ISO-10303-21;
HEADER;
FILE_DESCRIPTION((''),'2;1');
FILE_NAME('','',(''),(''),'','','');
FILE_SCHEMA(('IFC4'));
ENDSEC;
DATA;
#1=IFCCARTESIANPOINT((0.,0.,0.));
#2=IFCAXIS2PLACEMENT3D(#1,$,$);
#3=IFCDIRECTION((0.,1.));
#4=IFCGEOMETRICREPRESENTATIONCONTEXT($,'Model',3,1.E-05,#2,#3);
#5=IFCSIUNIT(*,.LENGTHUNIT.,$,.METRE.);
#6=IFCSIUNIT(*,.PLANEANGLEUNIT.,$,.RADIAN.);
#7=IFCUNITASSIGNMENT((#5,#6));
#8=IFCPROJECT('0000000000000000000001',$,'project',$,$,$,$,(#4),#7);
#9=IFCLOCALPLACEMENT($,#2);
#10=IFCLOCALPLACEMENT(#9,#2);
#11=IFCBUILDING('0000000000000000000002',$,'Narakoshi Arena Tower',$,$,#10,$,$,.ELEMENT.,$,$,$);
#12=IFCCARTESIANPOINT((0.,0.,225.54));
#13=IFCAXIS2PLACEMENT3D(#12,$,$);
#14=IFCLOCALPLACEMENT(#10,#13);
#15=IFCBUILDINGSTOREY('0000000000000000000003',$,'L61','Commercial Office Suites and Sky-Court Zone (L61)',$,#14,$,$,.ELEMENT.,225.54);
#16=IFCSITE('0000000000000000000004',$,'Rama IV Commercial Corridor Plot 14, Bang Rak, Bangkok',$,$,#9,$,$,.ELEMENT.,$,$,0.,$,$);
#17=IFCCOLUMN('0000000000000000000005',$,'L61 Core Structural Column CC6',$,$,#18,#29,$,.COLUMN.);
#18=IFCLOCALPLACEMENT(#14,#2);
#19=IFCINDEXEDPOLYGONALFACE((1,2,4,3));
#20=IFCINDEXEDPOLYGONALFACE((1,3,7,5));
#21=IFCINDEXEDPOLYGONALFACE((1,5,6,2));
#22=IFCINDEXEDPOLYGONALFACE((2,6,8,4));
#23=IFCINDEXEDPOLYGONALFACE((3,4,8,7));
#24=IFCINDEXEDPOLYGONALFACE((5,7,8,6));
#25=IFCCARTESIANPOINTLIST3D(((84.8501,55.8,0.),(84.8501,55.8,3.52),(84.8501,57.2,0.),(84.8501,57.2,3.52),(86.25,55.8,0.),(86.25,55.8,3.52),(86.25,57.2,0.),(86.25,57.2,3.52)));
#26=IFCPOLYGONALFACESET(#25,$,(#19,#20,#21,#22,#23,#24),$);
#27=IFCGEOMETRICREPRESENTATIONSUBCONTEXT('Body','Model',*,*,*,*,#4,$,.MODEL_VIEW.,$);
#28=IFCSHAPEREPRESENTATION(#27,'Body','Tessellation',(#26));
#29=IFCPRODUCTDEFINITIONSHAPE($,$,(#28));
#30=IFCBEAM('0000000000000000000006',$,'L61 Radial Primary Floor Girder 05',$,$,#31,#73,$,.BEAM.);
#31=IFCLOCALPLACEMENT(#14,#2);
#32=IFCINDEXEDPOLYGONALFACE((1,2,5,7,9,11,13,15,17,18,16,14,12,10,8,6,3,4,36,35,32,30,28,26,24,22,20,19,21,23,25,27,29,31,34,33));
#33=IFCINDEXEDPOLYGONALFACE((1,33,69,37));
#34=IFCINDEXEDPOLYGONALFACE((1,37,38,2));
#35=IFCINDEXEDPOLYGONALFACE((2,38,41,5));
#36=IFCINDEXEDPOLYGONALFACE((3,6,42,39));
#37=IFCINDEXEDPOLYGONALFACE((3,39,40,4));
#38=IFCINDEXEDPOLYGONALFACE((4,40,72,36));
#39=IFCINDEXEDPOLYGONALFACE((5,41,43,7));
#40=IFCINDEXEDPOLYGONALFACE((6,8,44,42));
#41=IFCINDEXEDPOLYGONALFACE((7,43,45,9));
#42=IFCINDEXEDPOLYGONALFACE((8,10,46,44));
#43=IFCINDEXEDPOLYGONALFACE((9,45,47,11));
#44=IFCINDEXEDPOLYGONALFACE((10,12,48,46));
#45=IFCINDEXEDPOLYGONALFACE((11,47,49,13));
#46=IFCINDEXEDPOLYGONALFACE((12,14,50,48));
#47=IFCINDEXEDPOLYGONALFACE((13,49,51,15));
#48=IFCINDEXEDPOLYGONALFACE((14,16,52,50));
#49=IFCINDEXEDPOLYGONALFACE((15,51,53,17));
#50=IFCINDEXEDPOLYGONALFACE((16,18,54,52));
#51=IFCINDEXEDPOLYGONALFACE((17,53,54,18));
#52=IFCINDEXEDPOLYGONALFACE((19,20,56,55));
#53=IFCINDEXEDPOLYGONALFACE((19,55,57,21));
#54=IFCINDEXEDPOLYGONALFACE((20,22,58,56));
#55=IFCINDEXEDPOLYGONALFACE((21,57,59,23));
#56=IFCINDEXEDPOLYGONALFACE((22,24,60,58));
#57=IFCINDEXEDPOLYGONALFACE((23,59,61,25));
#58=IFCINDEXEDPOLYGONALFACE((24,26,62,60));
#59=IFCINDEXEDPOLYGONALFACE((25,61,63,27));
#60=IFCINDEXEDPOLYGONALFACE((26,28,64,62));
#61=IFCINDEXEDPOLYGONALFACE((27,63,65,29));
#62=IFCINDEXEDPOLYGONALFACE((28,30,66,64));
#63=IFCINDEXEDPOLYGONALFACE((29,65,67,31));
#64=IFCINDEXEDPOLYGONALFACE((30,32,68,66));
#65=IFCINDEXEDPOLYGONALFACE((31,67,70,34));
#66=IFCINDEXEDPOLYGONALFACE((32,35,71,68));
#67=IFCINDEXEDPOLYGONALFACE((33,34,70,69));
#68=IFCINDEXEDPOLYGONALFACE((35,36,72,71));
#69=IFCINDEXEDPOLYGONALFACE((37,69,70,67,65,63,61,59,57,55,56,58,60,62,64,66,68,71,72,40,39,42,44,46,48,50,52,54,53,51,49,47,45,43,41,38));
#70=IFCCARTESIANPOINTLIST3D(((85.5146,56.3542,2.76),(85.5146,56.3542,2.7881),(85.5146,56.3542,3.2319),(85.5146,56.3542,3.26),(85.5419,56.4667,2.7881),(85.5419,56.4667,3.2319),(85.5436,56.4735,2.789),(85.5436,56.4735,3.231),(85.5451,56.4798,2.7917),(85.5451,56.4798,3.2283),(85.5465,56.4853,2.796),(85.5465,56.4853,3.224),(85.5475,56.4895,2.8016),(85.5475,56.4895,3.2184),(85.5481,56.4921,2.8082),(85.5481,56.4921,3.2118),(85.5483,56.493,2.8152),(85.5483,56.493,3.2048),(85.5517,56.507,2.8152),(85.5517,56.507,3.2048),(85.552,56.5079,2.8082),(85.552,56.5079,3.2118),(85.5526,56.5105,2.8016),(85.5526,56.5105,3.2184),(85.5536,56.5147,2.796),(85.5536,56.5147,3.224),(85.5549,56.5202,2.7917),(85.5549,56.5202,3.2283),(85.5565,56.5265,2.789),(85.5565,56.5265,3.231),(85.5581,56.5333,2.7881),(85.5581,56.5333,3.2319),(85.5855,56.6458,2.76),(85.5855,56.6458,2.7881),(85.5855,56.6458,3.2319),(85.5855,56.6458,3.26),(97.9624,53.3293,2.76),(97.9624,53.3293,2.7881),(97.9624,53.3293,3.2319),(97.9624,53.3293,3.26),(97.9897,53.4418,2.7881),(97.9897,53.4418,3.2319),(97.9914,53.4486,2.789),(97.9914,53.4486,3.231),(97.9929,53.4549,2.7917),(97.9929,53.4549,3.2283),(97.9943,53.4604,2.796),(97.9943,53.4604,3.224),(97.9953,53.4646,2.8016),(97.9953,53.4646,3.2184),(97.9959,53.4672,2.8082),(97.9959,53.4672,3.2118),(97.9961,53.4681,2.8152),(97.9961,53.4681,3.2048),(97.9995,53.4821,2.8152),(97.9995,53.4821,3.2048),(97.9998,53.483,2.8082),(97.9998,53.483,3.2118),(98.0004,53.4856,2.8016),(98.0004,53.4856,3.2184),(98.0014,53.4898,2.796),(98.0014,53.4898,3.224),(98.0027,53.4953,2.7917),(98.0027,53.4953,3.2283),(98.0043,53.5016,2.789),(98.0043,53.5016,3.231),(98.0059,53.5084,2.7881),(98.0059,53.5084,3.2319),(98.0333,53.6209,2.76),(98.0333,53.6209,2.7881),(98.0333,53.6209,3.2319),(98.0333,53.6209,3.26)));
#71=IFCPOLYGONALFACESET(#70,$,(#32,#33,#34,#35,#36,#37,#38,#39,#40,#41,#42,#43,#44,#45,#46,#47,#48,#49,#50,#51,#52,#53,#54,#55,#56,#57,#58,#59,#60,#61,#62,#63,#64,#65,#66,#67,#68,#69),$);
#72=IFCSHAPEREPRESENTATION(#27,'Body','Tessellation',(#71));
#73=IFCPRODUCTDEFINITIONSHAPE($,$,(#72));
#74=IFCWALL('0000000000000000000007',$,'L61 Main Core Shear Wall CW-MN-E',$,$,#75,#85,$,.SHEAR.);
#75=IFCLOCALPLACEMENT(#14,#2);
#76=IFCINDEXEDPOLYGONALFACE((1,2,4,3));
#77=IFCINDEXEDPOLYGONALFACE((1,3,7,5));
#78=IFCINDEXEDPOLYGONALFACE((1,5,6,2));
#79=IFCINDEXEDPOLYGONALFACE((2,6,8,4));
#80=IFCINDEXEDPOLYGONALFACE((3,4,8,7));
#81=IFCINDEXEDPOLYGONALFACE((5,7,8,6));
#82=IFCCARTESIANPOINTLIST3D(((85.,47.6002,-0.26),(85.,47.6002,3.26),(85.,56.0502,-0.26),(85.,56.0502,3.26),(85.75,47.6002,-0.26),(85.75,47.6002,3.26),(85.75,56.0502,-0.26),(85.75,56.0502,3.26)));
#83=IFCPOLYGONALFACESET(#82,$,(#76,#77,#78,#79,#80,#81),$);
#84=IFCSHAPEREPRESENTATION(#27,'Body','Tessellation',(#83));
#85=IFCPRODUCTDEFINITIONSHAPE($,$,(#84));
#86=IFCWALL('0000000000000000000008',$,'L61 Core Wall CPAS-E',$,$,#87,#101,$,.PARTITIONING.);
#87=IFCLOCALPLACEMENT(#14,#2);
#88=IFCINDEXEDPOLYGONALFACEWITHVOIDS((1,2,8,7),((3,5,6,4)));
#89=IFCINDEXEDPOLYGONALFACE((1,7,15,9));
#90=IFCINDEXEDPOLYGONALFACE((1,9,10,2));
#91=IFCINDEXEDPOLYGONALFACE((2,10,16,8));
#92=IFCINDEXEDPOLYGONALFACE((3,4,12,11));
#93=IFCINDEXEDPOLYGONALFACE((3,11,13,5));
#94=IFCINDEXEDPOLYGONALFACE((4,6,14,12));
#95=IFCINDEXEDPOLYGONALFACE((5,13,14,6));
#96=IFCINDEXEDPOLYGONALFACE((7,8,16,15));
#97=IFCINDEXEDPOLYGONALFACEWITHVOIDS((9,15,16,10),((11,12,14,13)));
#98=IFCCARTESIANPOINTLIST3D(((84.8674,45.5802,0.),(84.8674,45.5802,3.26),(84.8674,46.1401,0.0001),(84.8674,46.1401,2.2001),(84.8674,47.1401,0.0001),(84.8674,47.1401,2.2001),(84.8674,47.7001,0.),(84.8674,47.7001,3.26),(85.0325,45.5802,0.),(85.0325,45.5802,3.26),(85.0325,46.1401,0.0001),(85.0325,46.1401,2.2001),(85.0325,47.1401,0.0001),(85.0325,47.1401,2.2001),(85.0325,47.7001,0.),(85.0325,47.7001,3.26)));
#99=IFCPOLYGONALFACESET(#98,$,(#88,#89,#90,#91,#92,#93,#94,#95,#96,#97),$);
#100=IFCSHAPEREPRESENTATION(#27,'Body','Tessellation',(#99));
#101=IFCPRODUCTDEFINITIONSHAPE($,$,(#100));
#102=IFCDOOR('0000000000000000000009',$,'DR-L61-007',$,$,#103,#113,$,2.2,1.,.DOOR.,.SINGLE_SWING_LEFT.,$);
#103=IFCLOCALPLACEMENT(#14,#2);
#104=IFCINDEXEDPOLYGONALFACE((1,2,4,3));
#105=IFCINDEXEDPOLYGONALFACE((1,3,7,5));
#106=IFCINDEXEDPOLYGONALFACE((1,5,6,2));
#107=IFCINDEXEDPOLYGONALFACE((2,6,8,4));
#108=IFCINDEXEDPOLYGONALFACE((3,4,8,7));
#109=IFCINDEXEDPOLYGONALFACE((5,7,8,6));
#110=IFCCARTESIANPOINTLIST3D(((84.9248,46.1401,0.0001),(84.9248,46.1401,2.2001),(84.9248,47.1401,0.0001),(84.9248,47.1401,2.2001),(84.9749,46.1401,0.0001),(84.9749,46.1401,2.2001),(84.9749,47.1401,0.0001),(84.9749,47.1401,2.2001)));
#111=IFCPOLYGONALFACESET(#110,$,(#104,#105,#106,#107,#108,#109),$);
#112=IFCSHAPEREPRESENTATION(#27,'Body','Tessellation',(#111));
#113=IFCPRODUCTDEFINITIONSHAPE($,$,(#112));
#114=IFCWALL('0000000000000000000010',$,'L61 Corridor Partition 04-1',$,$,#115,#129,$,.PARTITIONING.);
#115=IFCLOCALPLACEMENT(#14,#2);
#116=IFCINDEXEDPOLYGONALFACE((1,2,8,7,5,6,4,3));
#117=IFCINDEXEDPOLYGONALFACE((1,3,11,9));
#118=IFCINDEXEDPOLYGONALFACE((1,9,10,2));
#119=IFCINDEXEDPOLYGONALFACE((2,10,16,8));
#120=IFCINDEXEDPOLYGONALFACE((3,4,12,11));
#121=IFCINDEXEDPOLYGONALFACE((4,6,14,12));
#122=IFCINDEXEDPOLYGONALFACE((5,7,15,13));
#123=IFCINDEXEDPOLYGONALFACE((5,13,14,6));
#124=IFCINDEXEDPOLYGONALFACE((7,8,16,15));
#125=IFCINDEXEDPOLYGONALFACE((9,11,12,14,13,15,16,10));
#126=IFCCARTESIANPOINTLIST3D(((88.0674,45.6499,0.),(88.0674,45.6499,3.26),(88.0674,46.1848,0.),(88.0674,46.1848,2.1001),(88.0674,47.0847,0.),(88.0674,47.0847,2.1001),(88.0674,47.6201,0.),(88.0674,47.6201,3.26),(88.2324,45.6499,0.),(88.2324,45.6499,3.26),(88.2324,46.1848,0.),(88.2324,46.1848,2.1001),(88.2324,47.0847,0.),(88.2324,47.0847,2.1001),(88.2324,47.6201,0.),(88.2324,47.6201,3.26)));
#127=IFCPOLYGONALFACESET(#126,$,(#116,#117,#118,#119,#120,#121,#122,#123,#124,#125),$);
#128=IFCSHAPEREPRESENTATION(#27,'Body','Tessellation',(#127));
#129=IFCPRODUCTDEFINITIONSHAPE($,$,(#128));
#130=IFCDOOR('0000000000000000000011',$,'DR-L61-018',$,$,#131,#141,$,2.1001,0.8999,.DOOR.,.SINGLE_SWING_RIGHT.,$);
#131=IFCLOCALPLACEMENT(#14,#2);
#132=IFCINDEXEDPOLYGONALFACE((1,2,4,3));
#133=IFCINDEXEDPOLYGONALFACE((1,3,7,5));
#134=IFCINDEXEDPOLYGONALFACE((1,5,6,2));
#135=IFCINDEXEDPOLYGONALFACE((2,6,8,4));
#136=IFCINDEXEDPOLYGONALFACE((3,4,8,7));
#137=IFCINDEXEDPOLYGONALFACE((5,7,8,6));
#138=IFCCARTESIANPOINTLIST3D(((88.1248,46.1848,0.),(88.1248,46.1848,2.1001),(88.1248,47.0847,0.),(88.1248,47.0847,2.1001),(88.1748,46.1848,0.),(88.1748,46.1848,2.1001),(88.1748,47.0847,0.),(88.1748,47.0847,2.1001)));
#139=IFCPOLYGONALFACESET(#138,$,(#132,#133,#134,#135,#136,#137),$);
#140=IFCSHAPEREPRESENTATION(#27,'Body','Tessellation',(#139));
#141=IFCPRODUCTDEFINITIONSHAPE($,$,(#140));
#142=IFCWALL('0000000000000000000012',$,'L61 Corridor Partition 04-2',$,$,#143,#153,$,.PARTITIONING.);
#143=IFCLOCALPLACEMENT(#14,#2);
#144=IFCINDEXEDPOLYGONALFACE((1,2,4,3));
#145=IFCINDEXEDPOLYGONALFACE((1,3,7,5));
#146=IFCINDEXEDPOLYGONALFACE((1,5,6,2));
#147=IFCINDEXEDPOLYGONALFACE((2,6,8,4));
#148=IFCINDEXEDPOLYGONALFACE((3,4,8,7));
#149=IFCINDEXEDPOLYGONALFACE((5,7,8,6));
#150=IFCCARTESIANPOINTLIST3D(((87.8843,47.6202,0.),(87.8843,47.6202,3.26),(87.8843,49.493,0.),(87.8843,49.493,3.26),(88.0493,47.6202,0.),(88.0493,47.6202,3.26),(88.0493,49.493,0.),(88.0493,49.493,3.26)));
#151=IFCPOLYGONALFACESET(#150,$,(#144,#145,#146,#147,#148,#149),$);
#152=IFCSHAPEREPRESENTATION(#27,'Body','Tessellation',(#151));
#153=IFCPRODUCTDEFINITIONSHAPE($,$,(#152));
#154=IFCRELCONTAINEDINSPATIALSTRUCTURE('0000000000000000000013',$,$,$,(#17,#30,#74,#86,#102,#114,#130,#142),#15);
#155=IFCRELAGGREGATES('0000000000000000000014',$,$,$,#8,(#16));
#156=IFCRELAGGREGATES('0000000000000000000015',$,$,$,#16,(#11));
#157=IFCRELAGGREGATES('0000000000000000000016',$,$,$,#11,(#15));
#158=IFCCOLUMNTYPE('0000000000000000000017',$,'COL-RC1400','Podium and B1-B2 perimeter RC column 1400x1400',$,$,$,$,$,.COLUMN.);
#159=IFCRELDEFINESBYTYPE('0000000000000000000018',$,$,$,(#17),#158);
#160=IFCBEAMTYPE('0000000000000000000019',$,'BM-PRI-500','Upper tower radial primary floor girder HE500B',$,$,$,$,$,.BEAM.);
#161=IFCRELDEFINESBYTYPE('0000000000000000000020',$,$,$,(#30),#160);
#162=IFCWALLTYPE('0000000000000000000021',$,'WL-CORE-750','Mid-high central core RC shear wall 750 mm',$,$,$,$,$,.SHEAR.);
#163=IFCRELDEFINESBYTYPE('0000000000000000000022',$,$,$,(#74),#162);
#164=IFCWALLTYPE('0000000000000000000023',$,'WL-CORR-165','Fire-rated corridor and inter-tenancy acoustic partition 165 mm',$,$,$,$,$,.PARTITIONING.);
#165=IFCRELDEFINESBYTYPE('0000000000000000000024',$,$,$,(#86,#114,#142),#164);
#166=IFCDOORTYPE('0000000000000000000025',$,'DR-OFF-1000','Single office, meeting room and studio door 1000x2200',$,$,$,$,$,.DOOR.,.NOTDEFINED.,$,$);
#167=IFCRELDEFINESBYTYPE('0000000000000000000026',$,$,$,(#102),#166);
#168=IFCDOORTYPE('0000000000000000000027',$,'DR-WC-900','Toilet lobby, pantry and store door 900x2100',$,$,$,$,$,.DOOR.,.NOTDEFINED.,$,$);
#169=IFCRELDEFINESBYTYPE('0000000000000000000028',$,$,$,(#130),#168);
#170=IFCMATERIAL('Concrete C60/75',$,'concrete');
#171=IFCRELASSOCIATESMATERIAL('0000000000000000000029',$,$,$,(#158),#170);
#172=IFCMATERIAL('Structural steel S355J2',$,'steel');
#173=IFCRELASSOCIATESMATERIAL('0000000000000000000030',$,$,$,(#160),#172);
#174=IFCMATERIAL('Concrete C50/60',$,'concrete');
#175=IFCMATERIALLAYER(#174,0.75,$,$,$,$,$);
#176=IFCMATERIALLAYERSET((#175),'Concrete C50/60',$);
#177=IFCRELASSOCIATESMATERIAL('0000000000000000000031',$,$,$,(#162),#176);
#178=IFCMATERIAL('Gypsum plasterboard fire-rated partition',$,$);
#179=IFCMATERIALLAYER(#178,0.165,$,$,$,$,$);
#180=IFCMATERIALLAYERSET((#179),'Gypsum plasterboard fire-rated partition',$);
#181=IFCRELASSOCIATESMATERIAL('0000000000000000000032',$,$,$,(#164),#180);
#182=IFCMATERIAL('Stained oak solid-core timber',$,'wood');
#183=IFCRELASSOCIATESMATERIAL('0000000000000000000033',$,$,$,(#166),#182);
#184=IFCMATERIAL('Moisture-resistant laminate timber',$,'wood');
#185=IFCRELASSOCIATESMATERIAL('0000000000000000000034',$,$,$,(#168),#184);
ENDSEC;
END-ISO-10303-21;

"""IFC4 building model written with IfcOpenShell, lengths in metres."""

from ifc_helpers import new_model, si_unit, direction, frame, frame_2d, origin, origin_2d, place, context, subcontext, project, spatial, rectangle, i_section, extrude, material, layer, layer_set, material_profile, profile_set, type_object, element, fill, save


model = new_model("IFC4")

# Units and contexts
model_context = context("Model", 3, precision=1e-05, world=origin(), true_north=direction((0.0, 1.0)))
body_context = subcontext(model_context, "Body", "Model", "MODEL_VIEW")
ifc_project = project(units=[si_unit("LENGTHUNIT", "METRE"), si_unit("PLANEANGLEUNIT", "RADIAN")], contexts=[model_context])

# Site, building, storey
site_placement = place(None, origin())
site = spatial("IfcSite", under=ifc_project, at=site_placement, Name="Rama IV Commercial Corridor Plot 14, Bang Rak, Bangkok", CompositionType="ELEMENT", RefElevation=0.0)
building_placement = place(site_placement, origin())
building = spatial("IfcBuilding", under=site, at=building_placement, Name="Narakoshi Arena Tower", CompositionType="ELEMENT")
storey_placement = place(building_placement, frame((0.0, 0.0, 225.54)))
storey = spatial("IfcBuildingStorey", under=building, at=storey_placement, Name="L61", Description="Commercial Office Suites and Sky-Court Zone (L61)", CompositionType="ELEMENT", Elevation=225.54)

# Column
ifc_material_1 = material(Name="Concrete C60/75", Category="concrete")
ifc_material_profile_1 = material_profile(ifc_material_1, rectangle(XDim=1.3999, YDim=1.3999, at=origin_2d()), Name="RC1400x1400")
ifc_profile_set_1 = profile_set([ifc_material_profile_1], Name="Concrete C60/75")
column_type = type_object("IfcColumnType", Name="COL-RC1400", Description="Podium and B1-B2 perimeter RC column 1400x1400", PredefinedType="COLUMN", material=ifc_profile_set_1)
column_placement = place(storey_placement, frame((85.55, 56.5, 0.0), z_axis=(0.0, 0.0, 1.0), x_axis=(1.0, 0.0, 0.0)))
element("IfcColumn", 1, at=column_placement, inside=storey, type_object=column_type, Name="L61 Core Structural Column CC6", PredefinedType="COLUMN", context=body_context, shape_type="SweptSolid", body=[
    extrude(rectangle(XDim=1.3999, YDim=1.3999, at=origin_2d()), origin(), (0.0, 0.0, 1.0), 3.52),
])

# Beam
ifc_material_2 = material(Name="Structural steel S355J2", Category="steel")
ifc_material_profile_2 = material_profile(ifc_material_2, i_section(OverallWidth=0.3, OverallDepth=0.5, WebThickness=0.0144, FlangeThickness=0.0281, FilletRadius=0.0271, at=origin_2d()), Name="HE500B")
ifc_profile_set_2 = profile_set([ifc_material_profile_2], Name="Structural steel S355J2")
beam_type = type_object("IfcBeamType", Name="BM-PRI-500", Description="Upper tower radial primary floor girder HE500B", PredefinedType="BEAM", material=ifc_profile_set_2)
beam_placement = place(storey_placement, frame((85.55, 56.5, 3.01), z_axis=(0.97172, -0.236136, 0.0), x_axis=(0.236136, 0.97172, 0.0)))
element("IfcBeam", 2, at=beam_placement, inside=storey, type_object=beam_type, Name="L61 Radial Primary Floor Girder 05", PredefinedType="BEAM", context=body_context, shape_type="SweptSolid", body=[
    extrude(i_section(OverallWidth=0.3, OverallDepth=0.5, WebThickness=0.0144, FlangeThickness=0.0281, FilletRadius=0.0271, at=origin_2d()), origin(), (0.0, 0.0, 1.0), 12.8101),
])

# Wall
ifc_material_3 = material(Name="Concrete C50/60", Category="concrete")
ifc_layer_1 = layer(ifc_material_3, 0.75)
ifc_layer_set_1 = layer_set([ifc_layer_1], Name="Concrete C50/60")
wall_type_1 = type_object("IfcWallType", Name="WL-CORE-750", Description="Mid-high central core RC shear wall 750 mm", PredefinedType="SHEAR", material=ifc_layer_set_1)
wall_1_placement = place(storey_placement, frame((85.375, 47.6001, -0.26), z_axis=(0.0, 0.0, 1.0), x_axis=(0.0, 1.0, 0.0)))
element("IfcWall", 3, at=wall_1_placement, inside=storey, type_object=wall_type_1, Name="L61 Main Core Shear Wall CW-MN-E", PredefinedType="SHEAR", context=body_context, shape_type="SweptSolid", body=[
    extrude(rectangle(XDim=8.45, YDim=0.75, at=frame_2d((4.2251, 0.0))), origin(), (0.0, 0.0, 1.0), 3.52),
])

# Walls, openings, doors
ifc_material_4 = material(Name="Gypsum plasterboard fire-rated partition")
ifc_layer_2 = layer(ifc_material_4, 0.165)
ifc_layer_set_2 = layer_set([ifc_layer_2], Name="Gypsum plasterboard fire-rated partition")
wall_type_2 = type_object("IfcWallType", Name="WL-CORR-165", Description="Fire-rated corridor and inter-tenancy acoustic partition 165 mm", PredefinedType="PARTITIONING", material=ifc_layer_set_2)
wall_2_placement = place(storey_placement, frame((84.95, 45.5801, 0.0), z_axis=(0.0, 0.0, 1.0), x_axis=(0.0, 1.0, 0.0)))
wall_2 = element("IfcWall", 4, at=wall_2_placement, inside=storey, type_object=wall_type_2, Name="L61 Core Wall CPAS-E", PredefinedType="PARTITIONING", context=body_context, shape_type="SweptSolid", body=[
    extrude(rectangle(XDim=2.1199, YDim=0.165, at=frame_2d((1.0601, 0.0))), origin(), (0.0, 0.0, 1.0), 3.26),
])
opening_1_placement = place(wall_2_placement, frame((0.5601, 0.0, 0.0)))
opening_1 = element("IfcOpeningElement", 5, at=opening_1_placement, cuts=wall_2, PredefinedType="OPENING", context=body_context, shape_type="SweptSolid", body=[
    extrude(rectangle(XDim=1.0, YDim=2.2, at=frame_2d((0.5, 1.1001))), frame((0.0, 0.0925, 0.0), z_axis=(0.0, -1.0, 0.0), x_axis=(1.0, 0.0, 0.0)), (0.0, 0.0, 1.0), 0.1851),
])
ifc_material_5 = material(Name="Stained oak solid-core timber", Category="wood")
door_type_1 = type_object("IfcDoorType", Name="DR-OFF-1000", Description="Single office, meeting room and studio door 1000x2200", OperationType="NOTDEFINED", PredefinedType="DOOR", material=ifc_material_5)
door_1_placement = place(opening_1_placement, frame((1.0, 0.0, 0.0), z_axis=(0.0, 0.0, 1.0), x_axis=(-1.0, 0.0, 0.0)))
door_1 = element("IfcDoor", 6, at=door_1_placement, inside=storey, type_object=door_type_1, Name="DR-L61-007", OperationType="SINGLE_SWING_LEFT", OverallHeight=2.2, OverallWidth=1.0, PredefinedType="DOOR", context=body_context, shape_type="SweptSolid", body=[
    extrude(rectangle(XDim=1.0, YDim=2.2, at=frame_2d((0.5, 1.1001))), frame((0.0, 0.0249, 0.0), z_axis=(0.0, -1.0, 0.0), x_axis=(1.0, 0.0, 0.0)), (0.0, 0.0, 1.0), 0.05),
])
fill(opening_1, door_1)
wall_3_placement = place(storey_placement, frame((88.1499, 45.6499, 0.0), z_axis=(0.0, 0.0, 1.0), x_axis=(0.0, 1.0, 0.0)))
wall_3 = element("IfcWall", 7, at=wall_3_placement, inside=storey, type_object=wall_type_2, Name="L61 Corridor Partition 04-1", PredefinedType="PARTITIONING", context=body_context, shape_type="SweptSolid", body=[
    extrude(rectangle(XDim=1.9702, YDim=0.165, at=frame_2d((0.9851, 0.0))), origin(), (0.0, 0.0, 1.0), 3.26),
])
opening_2_placement = place(wall_3_placement, frame((0.5349, 0.0, 0.0)))
opening_2 = element("IfcOpeningElement", 8, at=opening_2_placement, cuts=wall_3, PredefinedType="OPENING", context=body_context, shape_type="SweptSolid", body=[
    extrude(rectangle(XDim=0.8999, YDim=2.1001, at=frame_2d((0.45, 1.05))), frame((0.0, 0.0925, 0.0), z_axis=(0.0, -1.0, 0.0), x_axis=(1.0, 0.0, 0.0)), (0.0, 0.0, 1.0), 0.1851),
])
ifc_material_6 = material(Name="Moisture-resistant laminate timber", Category="wood")
door_type_2 = type_object("IfcDoorType", Name="DR-WC-900", Description="Toilet lobby, pantry and store door 900x2100", OperationType="NOTDEFINED", PredefinedType="DOOR", material=ifc_material_6)
door_2_placement = place(opening_2_placement, frame((0.8999, 0.0, 0.0), z_axis=(0.0, 0.0, 1.0), x_axis=(-1.0, 0.0, 0.0)))
door_2 = element("IfcDoor", 9, at=door_2_placement, inside=storey, type_object=door_type_2, Name="DR-L61-018", OperationType="SINGLE_SWING_RIGHT", OverallHeight=2.1001, OverallWidth=0.8999, PredefinedType="DOOR", context=body_context, shape_type="SweptSolid", body=[
    extrude(rectangle(XDim=0.8999, YDim=2.1001, at=frame_2d((0.45, 1.05))), frame((0.0, 0.0249, 0.0), z_axis=(0.0, -1.0, 0.0), x_axis=(1.0, 0.0, 0.0)), (0.0, 0.0, 1.0), 0.05),
])
fill(opening_2, door_2)

# Wall
wall_4_placement = place(storey_placement, frame((87.9668, 47.6201, 0.0), z_axis=(0.0, 0.0, 1.0), x_axis=(0.0, 1.0, 0.0)))
element("IfcWall", 10, at=wall_4_placement, inside=storey, type_object=wall_type_2, Name="L61 Corridor Partition 04-2", PredefinedType="PARTITIONING", context=body_context, shape_type="SweptSolid", body=[
    extrude(rectangle(XDim=1.8728, YDim=0.165, at=frame_2d((0.9365, 0.0))), origin(), (0.0, 0.0, 1.0), 3.26),
])

save(model, "model.ifc")
